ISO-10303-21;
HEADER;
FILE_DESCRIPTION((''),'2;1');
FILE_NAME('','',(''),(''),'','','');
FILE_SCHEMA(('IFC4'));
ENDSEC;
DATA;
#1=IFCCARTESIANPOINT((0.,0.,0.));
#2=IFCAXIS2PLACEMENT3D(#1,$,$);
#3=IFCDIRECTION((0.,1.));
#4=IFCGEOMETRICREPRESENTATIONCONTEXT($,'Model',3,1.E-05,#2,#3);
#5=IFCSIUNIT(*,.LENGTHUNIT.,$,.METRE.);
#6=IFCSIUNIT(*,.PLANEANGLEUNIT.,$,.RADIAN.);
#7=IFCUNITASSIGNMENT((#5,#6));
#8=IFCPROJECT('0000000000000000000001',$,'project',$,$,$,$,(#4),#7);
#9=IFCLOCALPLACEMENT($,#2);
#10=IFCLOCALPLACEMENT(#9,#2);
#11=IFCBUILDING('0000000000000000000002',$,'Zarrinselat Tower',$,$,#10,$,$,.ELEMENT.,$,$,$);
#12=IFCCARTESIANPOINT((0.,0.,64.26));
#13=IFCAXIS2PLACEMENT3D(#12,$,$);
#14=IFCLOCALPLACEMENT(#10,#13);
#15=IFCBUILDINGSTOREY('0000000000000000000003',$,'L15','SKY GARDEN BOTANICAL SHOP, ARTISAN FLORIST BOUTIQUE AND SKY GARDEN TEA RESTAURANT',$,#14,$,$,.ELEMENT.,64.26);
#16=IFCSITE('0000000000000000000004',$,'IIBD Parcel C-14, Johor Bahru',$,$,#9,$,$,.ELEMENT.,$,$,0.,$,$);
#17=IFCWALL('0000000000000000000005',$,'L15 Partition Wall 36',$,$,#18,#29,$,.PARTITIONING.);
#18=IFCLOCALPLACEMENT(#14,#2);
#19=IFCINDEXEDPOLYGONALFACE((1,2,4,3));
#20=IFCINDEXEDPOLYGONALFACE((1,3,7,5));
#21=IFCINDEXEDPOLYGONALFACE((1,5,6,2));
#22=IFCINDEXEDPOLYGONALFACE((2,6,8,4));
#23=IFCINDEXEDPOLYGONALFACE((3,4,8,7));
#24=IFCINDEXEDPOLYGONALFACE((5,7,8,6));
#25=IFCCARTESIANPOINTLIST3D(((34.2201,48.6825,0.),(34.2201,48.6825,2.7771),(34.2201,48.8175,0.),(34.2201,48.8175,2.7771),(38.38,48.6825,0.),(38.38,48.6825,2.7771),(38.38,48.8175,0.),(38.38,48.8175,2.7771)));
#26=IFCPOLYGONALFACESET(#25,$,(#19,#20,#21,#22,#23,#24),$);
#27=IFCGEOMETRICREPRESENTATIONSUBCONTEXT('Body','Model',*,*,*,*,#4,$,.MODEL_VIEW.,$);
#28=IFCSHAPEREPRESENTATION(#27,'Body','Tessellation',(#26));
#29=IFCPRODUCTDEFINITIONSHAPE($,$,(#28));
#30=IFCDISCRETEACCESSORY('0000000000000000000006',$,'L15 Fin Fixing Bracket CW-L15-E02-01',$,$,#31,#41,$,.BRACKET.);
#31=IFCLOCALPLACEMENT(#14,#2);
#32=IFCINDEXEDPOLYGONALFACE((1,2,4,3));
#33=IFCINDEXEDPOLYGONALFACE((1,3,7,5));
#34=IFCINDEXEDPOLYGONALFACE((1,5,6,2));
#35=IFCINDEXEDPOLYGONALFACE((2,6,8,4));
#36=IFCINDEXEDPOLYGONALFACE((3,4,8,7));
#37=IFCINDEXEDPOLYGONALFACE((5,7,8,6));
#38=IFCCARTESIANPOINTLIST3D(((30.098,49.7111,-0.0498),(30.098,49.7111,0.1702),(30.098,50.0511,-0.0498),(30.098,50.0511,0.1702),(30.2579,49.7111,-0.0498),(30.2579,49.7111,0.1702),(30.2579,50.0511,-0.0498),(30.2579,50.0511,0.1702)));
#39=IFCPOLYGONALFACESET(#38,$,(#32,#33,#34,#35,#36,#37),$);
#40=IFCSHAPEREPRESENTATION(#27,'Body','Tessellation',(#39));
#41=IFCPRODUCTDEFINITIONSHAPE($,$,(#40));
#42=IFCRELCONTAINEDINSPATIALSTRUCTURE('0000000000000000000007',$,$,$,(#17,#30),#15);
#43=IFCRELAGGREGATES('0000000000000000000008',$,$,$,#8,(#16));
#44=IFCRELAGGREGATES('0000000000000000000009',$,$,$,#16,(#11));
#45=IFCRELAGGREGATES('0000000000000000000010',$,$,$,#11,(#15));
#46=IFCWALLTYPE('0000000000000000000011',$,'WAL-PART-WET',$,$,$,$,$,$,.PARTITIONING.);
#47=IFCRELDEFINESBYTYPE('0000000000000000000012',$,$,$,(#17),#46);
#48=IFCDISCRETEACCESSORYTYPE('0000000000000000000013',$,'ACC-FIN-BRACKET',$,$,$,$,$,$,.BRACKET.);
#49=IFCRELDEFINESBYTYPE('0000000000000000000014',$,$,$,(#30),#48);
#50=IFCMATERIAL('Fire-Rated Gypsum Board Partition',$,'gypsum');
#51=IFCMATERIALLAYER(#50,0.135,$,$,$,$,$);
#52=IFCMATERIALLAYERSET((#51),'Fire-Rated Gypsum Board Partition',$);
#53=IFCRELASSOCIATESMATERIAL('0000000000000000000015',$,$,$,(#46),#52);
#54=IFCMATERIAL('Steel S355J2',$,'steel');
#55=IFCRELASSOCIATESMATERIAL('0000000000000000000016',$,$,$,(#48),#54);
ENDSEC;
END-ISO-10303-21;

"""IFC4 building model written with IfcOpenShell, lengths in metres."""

from ifc_helpers import new_model, si_unit, direction, frame, frame_2d, origin, origin_2d, place, context, subcontext, project, spatial, rectangle, extrude, material, layer, layer_set, type_object, element, save


model = new_model("IFC4")

# Units and contexts
model_context = context("Model", 3, precision=1e-05, world=origin(), true_north=direction((0.0, 1.0)))
body_context = subcontext(model_context, "Body", "Model", "MODEL_VIEW")
ifc_project = project(units=[si_unit("LENGTHUNIT", "METRE"), si_unit("PLANEANGLEUNIT", "RADIAN")], contexts=[model_context])

# Site, building, storey
site_placement = place(None, origin())
site = spatial("IfcSite", under=ifc_project, at=site_placement, Name="IIBD Parcel C-14, Johor Bahru", CompositionType="ELEMENT", RefElevation=0.0)
building_placement = place(site_placement, origin())
building = spatial("IfcBuilding", under=site, at=building_placement, Name="Zarrinselat Tower", CompositionType="ELEMENT")
storey_placement = place(building_placement, frame((0.0, 0.0, 64.26)))
storey = spatial("IfcBuildingStorey", under=building, at=storey_placement, Name="L15", Description="SKY GARDEN BOTANICAL SHOP, ARTISAN FLORIST BOUTIQUE AND SKY GARDEN TEA RESTAURANT", CompositionType="ELEMENT", Elevation=64.26)

# Wall
ifc_material_1 = material(Name="Fire-Rated Gypsum Board Partition", Category="gypsum")
ifc_layer_1 = layer(ifc_material_1, 0.135)
ifc_layer_set_1 = layer_set([ifc_layer_1], Name="Fire-Rated Gypsum Board Partition")
wall_type_1 = type_object("IfcWallType", Name="WAL-PART-WET", PredefinedType="PARTITIONING", material=ifc_layer_set_1)
for number, where, z_axis, x_axis, name in (
    (1, (34.22, 48.75, 0.0), (0.0, 0.0, 1.0), (1.0, 0.0, 0.0), "L15 Partition Wall 36"),
):
    element("IfcWall", number, at=place(storey_placement, frame(where, z_axis=z_axis, x_axis=x_axis)), inside=storey, type_object=wall_type_1, Name=name, PredefinedType="PARTITIONING", context=body_context, shape_type="SweptSolid", body=[
        extrude(rectangle(XDim=4.1599, YDim=0.135, at=frame_2d((2.0801, 0.0))), origin(), (0.0, 0.0, 1.0), 2.7771),
    ])

# Discrete accessory
ifc_material_2 = material(Name="Steel S355J2", Category="steel")
discrete_accessory_type = type_object("IfcDiscreteAccessoryType", Name="ACC-FIN-BRACKET", PredefinedType="BRACKET", material=ifc_material_2)
discrete_accessory_placement = place(storey_placement, frame((30.178, 49.8811, -0.0498), z_axis=(0.0, 0.0, 1.0), x_axis=(0.0, 1.0, 0.0)))
element("IfcDiscreteAccessory", 2, at=discrete_accessory_placement, inside=storey, type_object=discrete_accessory_type, Name="L15 Fin Fixing Bracket CW-L15-E02-01", PredefinedType="BRACKET", context=body_context, shape_type="SweptSolid", body=[
    extrude(rectangle(XDim=0.3401, YDim=0.1599, at=origin_2d()), origin(), (0.0, 0.0, 1.0), 0.22),
])

save(model, "model.ifc")
